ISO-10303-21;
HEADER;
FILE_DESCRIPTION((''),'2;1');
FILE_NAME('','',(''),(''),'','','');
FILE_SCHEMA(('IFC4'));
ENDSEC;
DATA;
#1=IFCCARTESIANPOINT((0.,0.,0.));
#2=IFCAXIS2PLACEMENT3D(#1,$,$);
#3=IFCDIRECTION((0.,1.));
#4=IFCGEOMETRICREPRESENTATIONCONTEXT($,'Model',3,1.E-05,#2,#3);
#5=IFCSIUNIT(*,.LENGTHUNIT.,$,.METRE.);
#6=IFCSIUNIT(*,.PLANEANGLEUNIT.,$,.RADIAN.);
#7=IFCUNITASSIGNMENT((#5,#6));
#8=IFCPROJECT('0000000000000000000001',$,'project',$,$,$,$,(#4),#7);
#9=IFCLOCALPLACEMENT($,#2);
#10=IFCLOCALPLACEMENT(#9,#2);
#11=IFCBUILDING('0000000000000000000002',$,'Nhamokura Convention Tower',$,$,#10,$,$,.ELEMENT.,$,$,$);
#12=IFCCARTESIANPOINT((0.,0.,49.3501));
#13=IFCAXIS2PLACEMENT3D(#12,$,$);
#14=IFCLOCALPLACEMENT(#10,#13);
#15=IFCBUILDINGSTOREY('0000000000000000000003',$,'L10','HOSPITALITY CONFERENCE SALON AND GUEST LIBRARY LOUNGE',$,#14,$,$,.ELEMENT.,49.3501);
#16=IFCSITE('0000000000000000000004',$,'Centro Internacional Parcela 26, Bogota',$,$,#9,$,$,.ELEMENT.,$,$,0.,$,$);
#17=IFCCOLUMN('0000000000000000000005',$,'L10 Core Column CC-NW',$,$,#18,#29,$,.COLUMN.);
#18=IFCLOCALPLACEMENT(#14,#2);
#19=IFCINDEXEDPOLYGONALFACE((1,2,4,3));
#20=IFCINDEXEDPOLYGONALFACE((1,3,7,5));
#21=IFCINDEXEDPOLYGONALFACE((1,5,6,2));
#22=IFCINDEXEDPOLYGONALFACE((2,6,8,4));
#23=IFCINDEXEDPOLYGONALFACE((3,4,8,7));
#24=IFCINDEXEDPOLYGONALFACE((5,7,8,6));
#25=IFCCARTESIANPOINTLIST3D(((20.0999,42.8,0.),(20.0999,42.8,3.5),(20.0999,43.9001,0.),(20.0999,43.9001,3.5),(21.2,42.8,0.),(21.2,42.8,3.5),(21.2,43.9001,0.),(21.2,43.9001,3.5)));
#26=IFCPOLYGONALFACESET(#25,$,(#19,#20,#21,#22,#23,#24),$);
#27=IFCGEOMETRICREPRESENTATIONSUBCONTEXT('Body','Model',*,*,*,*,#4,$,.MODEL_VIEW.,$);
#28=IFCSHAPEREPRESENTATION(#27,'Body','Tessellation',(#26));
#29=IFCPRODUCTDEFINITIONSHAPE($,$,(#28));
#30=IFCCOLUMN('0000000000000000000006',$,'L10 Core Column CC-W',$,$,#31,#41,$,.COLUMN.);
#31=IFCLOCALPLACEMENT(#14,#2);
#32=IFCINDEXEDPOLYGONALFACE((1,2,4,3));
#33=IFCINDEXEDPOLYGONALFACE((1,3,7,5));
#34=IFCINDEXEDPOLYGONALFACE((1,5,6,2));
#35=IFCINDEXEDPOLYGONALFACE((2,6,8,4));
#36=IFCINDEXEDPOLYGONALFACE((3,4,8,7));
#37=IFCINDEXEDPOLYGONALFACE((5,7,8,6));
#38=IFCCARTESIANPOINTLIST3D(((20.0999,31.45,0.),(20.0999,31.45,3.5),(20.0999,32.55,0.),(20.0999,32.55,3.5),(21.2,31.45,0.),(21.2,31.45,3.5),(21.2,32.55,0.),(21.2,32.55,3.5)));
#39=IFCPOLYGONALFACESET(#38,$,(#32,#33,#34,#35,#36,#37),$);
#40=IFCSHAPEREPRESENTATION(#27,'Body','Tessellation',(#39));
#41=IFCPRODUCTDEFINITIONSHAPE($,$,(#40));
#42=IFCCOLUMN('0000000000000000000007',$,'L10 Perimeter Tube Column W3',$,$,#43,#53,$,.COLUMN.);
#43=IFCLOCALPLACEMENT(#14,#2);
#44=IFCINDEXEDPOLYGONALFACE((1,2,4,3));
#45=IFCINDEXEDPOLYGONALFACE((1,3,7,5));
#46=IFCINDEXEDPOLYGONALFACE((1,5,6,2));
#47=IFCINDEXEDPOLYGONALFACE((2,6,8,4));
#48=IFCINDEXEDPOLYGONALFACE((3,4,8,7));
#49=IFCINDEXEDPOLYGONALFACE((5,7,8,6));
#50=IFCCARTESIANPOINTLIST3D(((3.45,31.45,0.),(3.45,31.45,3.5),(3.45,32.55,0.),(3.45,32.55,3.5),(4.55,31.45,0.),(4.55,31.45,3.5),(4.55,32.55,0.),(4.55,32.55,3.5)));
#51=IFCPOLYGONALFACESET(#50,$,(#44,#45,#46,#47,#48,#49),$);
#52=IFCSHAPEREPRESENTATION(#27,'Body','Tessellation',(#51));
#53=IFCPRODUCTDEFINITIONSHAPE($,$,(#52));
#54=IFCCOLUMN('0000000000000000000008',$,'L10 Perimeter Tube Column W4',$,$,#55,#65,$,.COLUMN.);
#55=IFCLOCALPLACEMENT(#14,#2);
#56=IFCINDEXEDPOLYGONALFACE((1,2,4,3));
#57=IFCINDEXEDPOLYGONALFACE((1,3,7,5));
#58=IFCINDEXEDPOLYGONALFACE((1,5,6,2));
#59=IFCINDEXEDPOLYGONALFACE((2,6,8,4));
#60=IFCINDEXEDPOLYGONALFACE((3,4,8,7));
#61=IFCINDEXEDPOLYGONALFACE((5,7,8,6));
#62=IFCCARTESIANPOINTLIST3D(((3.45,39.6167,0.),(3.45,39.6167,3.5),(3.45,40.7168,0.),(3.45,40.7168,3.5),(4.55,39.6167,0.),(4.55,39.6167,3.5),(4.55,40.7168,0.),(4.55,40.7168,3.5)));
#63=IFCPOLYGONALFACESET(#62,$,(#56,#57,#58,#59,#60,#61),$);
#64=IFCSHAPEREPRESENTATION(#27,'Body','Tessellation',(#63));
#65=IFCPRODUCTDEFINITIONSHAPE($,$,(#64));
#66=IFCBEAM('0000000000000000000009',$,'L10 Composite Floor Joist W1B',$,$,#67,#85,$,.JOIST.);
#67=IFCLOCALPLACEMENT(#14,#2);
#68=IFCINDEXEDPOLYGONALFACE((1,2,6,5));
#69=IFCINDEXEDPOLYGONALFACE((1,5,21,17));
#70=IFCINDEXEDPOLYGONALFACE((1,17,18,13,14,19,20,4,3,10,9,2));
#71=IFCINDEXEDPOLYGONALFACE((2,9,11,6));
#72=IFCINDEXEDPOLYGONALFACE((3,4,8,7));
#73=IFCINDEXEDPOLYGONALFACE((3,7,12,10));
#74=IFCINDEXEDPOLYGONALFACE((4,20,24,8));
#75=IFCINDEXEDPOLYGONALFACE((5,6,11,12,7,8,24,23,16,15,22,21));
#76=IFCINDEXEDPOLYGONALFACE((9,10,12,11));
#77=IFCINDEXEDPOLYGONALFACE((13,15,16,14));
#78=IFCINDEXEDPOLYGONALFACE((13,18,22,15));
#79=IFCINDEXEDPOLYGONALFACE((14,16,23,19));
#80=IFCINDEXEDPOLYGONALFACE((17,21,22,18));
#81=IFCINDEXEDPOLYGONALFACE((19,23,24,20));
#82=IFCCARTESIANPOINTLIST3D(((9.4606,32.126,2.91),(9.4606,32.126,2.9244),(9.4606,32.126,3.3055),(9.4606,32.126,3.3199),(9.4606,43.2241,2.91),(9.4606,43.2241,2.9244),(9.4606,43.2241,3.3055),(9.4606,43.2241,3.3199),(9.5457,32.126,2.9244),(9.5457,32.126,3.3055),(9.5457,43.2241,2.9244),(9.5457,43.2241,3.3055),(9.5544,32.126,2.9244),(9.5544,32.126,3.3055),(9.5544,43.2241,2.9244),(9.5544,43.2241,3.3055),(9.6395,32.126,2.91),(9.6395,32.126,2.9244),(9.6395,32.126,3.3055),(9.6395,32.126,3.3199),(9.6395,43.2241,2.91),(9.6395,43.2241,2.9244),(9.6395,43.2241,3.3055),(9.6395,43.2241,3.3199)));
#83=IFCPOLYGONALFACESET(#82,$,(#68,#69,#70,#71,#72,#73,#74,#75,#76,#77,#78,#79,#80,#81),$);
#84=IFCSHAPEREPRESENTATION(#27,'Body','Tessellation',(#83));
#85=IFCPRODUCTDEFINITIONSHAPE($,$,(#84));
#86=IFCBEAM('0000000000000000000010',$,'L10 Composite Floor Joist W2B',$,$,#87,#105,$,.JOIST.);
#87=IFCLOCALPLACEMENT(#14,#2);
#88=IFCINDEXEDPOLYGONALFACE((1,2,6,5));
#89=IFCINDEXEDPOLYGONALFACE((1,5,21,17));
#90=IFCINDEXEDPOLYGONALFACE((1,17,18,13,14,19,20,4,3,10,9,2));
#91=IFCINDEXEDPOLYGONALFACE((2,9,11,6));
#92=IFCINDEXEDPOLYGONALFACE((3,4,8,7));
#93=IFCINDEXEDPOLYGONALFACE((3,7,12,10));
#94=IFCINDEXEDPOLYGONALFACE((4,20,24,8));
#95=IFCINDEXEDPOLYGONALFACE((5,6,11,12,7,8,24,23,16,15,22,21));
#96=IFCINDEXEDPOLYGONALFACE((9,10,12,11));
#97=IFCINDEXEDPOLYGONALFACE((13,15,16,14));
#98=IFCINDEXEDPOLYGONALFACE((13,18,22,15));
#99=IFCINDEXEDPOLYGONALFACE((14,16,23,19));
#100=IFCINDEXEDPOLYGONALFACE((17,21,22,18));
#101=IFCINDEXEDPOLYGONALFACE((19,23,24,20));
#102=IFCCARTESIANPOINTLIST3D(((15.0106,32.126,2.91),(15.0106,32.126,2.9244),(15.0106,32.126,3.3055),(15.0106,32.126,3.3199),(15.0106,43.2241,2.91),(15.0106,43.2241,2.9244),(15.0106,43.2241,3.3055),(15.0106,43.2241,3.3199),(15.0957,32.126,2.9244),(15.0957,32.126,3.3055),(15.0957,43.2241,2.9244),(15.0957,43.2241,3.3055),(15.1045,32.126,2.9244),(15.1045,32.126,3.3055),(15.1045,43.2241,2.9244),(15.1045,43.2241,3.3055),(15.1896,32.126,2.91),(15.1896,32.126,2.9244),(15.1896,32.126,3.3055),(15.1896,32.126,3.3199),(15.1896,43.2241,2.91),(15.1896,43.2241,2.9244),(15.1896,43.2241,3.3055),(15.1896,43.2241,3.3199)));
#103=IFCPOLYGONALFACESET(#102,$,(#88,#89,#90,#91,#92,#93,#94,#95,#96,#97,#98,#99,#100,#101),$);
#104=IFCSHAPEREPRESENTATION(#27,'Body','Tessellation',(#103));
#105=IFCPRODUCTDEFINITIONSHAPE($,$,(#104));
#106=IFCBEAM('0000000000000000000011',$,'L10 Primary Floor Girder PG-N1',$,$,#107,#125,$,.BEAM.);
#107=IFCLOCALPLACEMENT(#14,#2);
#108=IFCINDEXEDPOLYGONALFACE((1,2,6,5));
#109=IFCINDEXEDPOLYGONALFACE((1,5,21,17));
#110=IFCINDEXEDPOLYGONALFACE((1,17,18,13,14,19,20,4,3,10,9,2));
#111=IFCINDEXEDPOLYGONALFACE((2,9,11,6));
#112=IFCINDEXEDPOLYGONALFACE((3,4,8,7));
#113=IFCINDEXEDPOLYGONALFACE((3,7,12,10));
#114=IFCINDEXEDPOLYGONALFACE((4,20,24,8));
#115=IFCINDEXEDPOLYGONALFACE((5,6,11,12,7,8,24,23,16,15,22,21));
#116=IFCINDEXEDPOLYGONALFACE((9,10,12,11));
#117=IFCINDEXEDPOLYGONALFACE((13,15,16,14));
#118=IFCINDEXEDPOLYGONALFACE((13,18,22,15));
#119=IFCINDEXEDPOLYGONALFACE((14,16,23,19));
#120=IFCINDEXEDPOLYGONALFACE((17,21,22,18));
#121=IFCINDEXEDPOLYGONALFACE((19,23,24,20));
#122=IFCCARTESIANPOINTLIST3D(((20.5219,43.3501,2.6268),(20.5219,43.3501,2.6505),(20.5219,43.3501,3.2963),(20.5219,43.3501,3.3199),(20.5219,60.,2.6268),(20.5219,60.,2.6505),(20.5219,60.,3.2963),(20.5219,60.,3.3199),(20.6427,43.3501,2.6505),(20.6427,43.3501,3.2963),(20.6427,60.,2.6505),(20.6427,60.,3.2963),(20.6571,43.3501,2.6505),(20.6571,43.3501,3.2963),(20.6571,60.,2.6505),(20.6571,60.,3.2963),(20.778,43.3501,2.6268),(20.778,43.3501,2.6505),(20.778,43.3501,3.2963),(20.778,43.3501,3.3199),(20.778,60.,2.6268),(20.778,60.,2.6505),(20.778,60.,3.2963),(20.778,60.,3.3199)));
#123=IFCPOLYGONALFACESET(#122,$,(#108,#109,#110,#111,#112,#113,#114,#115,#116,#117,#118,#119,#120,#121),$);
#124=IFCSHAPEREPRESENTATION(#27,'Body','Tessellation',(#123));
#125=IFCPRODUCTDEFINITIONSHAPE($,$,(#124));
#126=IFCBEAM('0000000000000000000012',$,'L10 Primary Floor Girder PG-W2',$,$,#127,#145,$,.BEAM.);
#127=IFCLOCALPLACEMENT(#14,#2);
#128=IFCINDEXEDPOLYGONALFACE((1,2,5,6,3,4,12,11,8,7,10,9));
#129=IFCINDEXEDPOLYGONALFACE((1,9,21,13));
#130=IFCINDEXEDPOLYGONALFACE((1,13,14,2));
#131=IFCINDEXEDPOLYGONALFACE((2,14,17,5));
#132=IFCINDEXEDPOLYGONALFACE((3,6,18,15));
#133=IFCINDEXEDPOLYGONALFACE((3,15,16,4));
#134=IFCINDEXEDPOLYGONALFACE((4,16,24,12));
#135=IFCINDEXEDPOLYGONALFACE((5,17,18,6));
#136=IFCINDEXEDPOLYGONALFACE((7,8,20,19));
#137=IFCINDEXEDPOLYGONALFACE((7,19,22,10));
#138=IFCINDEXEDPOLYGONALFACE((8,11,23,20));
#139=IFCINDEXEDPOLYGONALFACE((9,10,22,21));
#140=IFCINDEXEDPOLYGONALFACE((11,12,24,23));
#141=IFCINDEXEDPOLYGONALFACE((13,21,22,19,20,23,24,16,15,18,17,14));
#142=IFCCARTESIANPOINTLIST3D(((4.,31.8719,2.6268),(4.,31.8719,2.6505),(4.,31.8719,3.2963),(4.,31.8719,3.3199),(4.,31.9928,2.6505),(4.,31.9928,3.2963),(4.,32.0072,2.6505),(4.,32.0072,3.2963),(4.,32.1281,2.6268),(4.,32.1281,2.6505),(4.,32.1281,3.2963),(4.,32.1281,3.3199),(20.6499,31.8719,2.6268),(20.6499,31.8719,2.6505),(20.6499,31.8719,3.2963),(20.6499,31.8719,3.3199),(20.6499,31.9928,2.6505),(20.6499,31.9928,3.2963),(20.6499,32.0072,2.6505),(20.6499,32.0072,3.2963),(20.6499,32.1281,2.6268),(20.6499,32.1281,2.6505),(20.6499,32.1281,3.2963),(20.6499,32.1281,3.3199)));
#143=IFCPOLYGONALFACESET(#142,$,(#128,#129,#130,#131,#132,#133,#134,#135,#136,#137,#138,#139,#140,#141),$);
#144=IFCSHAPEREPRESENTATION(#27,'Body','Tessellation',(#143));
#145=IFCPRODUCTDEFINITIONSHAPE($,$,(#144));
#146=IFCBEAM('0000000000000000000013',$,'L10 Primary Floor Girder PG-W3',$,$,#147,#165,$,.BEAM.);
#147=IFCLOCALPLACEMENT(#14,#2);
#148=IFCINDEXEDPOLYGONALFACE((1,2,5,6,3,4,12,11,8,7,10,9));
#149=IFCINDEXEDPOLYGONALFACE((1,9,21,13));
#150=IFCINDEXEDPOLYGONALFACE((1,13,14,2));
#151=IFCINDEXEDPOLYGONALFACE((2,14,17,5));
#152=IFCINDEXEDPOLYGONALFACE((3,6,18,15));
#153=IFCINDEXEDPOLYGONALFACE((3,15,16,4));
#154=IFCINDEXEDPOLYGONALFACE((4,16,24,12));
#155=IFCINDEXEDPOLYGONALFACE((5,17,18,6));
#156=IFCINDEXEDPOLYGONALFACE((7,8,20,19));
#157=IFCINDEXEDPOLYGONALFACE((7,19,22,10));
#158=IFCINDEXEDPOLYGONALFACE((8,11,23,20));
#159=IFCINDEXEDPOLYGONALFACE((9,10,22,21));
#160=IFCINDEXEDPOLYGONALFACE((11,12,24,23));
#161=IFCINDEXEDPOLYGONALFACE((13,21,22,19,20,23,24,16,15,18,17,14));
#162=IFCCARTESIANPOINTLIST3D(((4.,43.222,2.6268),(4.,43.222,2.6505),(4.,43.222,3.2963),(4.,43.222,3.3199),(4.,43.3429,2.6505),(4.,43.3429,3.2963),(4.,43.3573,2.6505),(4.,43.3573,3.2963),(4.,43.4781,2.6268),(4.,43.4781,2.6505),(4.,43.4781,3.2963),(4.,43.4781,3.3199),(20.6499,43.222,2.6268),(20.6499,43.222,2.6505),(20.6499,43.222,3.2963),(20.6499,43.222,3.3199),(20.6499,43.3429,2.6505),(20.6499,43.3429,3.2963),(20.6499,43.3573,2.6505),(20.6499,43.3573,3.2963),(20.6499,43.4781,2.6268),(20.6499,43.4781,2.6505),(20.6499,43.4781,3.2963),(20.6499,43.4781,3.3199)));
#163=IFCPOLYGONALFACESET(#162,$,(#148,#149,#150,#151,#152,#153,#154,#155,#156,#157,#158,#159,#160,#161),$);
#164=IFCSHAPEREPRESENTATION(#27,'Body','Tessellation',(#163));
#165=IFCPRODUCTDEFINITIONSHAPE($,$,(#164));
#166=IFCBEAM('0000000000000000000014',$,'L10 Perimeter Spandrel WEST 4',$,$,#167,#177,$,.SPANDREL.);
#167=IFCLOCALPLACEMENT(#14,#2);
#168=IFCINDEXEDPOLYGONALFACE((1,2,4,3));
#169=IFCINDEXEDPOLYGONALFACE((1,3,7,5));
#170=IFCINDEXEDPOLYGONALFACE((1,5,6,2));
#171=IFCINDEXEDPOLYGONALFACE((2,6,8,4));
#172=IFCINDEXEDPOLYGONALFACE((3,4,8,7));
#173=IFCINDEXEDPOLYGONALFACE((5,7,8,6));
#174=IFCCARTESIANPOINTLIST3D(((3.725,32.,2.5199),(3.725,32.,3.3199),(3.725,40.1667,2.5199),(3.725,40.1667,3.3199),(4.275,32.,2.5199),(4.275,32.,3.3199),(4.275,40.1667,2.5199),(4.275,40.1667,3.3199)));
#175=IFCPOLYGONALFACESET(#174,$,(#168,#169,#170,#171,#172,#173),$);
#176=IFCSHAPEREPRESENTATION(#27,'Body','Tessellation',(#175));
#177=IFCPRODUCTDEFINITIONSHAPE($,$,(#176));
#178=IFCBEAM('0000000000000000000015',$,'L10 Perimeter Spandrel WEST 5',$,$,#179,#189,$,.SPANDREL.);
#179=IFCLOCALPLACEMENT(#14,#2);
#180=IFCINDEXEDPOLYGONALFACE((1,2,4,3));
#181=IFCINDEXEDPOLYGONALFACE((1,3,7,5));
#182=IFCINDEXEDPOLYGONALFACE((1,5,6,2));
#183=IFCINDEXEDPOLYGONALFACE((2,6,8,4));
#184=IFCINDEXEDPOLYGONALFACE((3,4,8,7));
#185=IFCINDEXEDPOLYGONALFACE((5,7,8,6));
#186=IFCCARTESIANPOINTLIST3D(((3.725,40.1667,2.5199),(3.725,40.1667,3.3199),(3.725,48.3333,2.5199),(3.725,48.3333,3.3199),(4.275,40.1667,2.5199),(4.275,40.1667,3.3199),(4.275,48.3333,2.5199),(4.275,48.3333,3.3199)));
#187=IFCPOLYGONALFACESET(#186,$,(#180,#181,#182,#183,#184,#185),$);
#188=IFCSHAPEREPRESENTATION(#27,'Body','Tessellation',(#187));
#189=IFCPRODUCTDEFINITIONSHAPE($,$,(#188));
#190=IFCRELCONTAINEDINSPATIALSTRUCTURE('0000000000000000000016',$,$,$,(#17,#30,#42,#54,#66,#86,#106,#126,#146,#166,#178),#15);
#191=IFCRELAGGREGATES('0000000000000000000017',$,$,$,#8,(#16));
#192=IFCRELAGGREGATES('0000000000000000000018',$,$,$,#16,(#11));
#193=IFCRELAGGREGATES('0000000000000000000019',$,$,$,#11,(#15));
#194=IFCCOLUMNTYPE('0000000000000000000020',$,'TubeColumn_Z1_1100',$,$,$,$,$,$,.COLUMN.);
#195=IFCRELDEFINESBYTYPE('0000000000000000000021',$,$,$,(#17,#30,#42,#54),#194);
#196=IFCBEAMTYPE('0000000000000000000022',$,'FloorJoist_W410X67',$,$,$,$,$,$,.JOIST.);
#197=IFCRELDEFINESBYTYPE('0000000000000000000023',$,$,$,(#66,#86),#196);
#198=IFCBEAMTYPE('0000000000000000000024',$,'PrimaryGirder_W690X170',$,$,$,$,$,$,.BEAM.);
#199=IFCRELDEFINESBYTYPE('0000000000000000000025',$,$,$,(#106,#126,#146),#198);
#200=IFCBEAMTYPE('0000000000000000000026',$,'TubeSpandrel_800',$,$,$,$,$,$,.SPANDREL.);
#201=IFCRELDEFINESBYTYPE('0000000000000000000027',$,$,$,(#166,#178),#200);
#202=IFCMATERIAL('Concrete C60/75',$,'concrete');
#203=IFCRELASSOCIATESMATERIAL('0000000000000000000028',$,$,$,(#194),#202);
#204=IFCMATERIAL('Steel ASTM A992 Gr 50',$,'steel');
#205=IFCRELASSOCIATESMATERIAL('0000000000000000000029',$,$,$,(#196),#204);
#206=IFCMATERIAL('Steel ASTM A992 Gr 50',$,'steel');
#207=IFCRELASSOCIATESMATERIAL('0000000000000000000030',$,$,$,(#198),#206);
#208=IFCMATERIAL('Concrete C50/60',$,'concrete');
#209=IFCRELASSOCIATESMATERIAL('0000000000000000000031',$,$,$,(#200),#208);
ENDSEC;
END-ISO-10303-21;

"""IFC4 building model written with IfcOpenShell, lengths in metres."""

from ifc_helpers import new_model, si_unit, direction, frame, origin, origin_2d, place, context, subcontext, project, spatial, rectangle, i_section, extrude, material, material_profile, profile_set, type_object, element, save


model = new_model("IFC4")

# Units and contexts
model_context = context("Model", 3, precision=1e-05, world=origin(), true_north=direction((0.0, 1.0)))
body_context = subcontext(model_context, "Body", "Model", "MODEL_VIEW")
ifc_project = project(units=[si_unit("LENGTHUNIT", "METRE"), si_unit("PLANEANGLEUNIT", "RADIAN")], contexts=[model_context])

# Site, building, storey
site_placement = place(None, origin())
site = spatial("IfcSite", under=ifc_project, at=site_placement, Name="Centro Internacional Parcela 26, Bogota", CompositionType="ELEMENT", RefElevation=0.0)
building_placement = place(site_placement, origin())
building = spatial("IfcBuilding", under=site, at=building_placement, Name="Nhamokura Convention Tower", CompositionType="ELEMENT")
storey_placement = place(building_placement, frame((0.0, 0.0, 49.3501)))
storey = spatial("IfcBuildingStorey", under=building, at=storey_placement, Name="L10", Description="HOSPITALITY CONFERENCE SALON AND GUEST LIBRARY LOUNGE", CompositionType="ELEMENT", Elevation=49.3501)

# Columns
ifc_material_1 = material(Name="Concrete C60/75", Category="concrete")
ifc_material_profile_1 = material_profile(ifc_material_1, rectangle(XDim=1.1001, YDim=1.1001, at=origin_2d()))
ifc_profile_set_1 = profile_set([ifc_material_profile_1], Name="Concrete C60/75")
column_type = type_object("IfcColumnType", Name="TubeColumn_Z1_1100", PredefinedType="COLUMN", material=ifc_profile_set_1)
for number, where, z_axis, x_axis, name in (
    (1, (20.6499, 43.3501, 0.0), (0.0, 0.0, 1.0), (1.0, 0.0, 0.0), "L10 Core Column CC-NW"),
    (2, (20.6499, 32.0, 0.0), (0.0, 0.0, 1.0), (1.0, 0.0, 0.0), "L10 Core Column CC-W"),
    (3, (4.0, 32.0, 0.0), (0.0, 0.0, 1.0), (1.0, 0.0, 0.0), "L10 Perimeter Tube Column W3"),
    (4, (4.0, 40.1667, 0.0), (0.0, 0.0, 1.0), (1.0, 0.0, 0.0), "L10 Perimeter Tube Column W4"),
):
    element("IfcColumn", number, at=place(storey_placement, frame(where, z_axis=z_axis, x_axis=x_axis)), inside=storey, type_object=column_type, Name=name, PredefinedType="COLUMN", context=body_context, shape_type="SweptSolid", body=[
        extrude(rectangle(XDim=1.1001, YDim=1.1001, at=origin_2d()), origin(), (0.0, 0.0, 1.0), 3.5),
    ])

# Beams
ifc_material_2 = material(Name="Steel ASTM A992 Gr 50", Category="steel")
ifc_material_profile_2 = material_profile(ifc_material_2, i_section(OverallWidth=0.179, OverallDepth=0.4099, WebThickness=0.0088, FlangeThickness=0.0144, at=origin_2d()))
ifc_profile_set_2 = profile_set([ifc_material_profile_2], Name="Steel ASTM A992 Gr 50")
beam_type_1 = type_object("IfcBeamType", Name="FloorJoist_W410X67", PredefinedType="JOIST", material=ifc_profile_set_2)
for number, where, z_axis, x_axis, name in (
    (5, (9.55, 32.126, 3.115), (0.0, 1.0, 0.0), (-1.0, 0.0, 0.0), "L10 Composite Floor Joist W1B"),
    (6, (15.1001, 32.126, 3.115), (0.0, 1.0, 0.0), (-1.0, 0.0, 0.0), "L10 Composite Floor Joist W2B"),
):
    element("IfcBeam", number, at=place(storey_placement, frame(where, z_axis=z_axis, x_axis=x_axis)), inside=storey, type_object=beam_type_1, Name=name, PredefinedType="JOIST", context=body_context, shape_type="SweptSolid", body=[
        extrude(i_section(OverallWidth=0.179, OverallDepth=0.4099, WebThickness=0.0088, FlangeThickness=0.0144, at=origin_2d()), origin(), (0.0, 0.0, 1.0), 11.0981),
    ])
ifc_material_3 = material(Name="Steel ASTM A992 Gr 50", Category="steel")
ifc_material_profile_3 = material_profile(ifc_material_3, i_section(OverallWidth=0.2561, OverallDepth=0.6931, WebThickness=0.0144, FlangeThickness=0.0237, at=origin_2d()))
ifc_profile_set_3 = profile_set([ifc_material_profile_3], Name="Steel ASTM A992 Gr 50")
beam_type_2 = type_object("IfcBeamType", Name="PrimaryGirder_W690X170", PredefinedType="BEAM", material=ifc_profile_set_3)
for number, where, z_axis, x_axis, name in (
    (7, (20.6499, 43.3501, 2.9734), (0.0, 1.0, 0.0), (-1.0, 0.0, 0.0), "L10 Primary Floor Girder PG-N1"),
    (8, (4.0, 32.0, 2.9734), (1.0, 0.0, 0.0), (0.0, 1.0, 0.0), "L10 Primary Floor Girder PG-W2"),
    (9, (4.0, 43.3501, 2.9734), (1.0, 0.0, 0.0), (0.0, 1.0, 0.0), "L10 Primary Floor Girder PG-W3"),
):
    element("IfcBeam", number, at=place(storey_placement, frame(where, z_axis=z_axis, x_axis=x_axis)), inside=storey, type_object=beam_type_2, Name=name, PredefinedType="BEAM", context=body_context, shape_type="SweptSolid", body=[
        extrude(i_section(OverallWidth=0.2561, OverallDepth=0.6931, WebThickness=0.0144, FlangeThickness=0.0237, at=origin_2d()), origin(), (0.0, 0.0, 1.0), 16.6499),
    ])
ifc_material_4 = material(Name="Concrete C50/60", Category="concrete")
ifc_material_profile_4 = material_profile(ifc_material_4, rectangle(XDim=0.55, YDim=0.8, at=origin_2d()))
ifc_profile_set_4 = profile_set([ifc_material_profile_4], Name="Concrete C50/60")
beam_type_3 = type_object("IfcBeamType", Name="TubeSpandrel_800", PredefinedType="SPANDREL", material=ifc_profile_set_4)
beam_1_placement = place(storey_placement, frame((4.0, 32.0, 2.9199), z_axis=(0.0, 1.0, 0.0), x_axis=(-1.0, 0.0, 0.0)))
element("IfcBeam", 10, at=beam_1_placement, inside=storey, type_object=beam_type_3, Name="L10 Perimeter Spandrel WEST 4", PredefinedType="SPANDREL", context=body_context, shape_type="SweptSolid", body=[
    extrude(rectangle(XDim=0.55, YDim=0.8, at=origin_2d()), origin(), (0.0, 0.0, 1.0), 8.1667),
])
beam_2_placement = place(storey_placement, frame((4.0, 40.1667, 2.9199), z_axis=(0.0, 1.0, 0.0), x_axis=(-1.0, 0.0, 0.0)))
element("IfcBeam", 11, at=beam_2_placement, inside=storey, type_object=beam_type_3, Name="L10 Perimeter Spandrel WEST 5", PredefinedType="SPANDREL", context=body_context, shape_type="SweptSolid", body=[
    extrude(rectangle(XDim=0.55, YDim=0.8, at=origin_2d()), origin(), (0.0, 0.0, 1.0), 8.1665),
])

save(model, "model.ifc")
